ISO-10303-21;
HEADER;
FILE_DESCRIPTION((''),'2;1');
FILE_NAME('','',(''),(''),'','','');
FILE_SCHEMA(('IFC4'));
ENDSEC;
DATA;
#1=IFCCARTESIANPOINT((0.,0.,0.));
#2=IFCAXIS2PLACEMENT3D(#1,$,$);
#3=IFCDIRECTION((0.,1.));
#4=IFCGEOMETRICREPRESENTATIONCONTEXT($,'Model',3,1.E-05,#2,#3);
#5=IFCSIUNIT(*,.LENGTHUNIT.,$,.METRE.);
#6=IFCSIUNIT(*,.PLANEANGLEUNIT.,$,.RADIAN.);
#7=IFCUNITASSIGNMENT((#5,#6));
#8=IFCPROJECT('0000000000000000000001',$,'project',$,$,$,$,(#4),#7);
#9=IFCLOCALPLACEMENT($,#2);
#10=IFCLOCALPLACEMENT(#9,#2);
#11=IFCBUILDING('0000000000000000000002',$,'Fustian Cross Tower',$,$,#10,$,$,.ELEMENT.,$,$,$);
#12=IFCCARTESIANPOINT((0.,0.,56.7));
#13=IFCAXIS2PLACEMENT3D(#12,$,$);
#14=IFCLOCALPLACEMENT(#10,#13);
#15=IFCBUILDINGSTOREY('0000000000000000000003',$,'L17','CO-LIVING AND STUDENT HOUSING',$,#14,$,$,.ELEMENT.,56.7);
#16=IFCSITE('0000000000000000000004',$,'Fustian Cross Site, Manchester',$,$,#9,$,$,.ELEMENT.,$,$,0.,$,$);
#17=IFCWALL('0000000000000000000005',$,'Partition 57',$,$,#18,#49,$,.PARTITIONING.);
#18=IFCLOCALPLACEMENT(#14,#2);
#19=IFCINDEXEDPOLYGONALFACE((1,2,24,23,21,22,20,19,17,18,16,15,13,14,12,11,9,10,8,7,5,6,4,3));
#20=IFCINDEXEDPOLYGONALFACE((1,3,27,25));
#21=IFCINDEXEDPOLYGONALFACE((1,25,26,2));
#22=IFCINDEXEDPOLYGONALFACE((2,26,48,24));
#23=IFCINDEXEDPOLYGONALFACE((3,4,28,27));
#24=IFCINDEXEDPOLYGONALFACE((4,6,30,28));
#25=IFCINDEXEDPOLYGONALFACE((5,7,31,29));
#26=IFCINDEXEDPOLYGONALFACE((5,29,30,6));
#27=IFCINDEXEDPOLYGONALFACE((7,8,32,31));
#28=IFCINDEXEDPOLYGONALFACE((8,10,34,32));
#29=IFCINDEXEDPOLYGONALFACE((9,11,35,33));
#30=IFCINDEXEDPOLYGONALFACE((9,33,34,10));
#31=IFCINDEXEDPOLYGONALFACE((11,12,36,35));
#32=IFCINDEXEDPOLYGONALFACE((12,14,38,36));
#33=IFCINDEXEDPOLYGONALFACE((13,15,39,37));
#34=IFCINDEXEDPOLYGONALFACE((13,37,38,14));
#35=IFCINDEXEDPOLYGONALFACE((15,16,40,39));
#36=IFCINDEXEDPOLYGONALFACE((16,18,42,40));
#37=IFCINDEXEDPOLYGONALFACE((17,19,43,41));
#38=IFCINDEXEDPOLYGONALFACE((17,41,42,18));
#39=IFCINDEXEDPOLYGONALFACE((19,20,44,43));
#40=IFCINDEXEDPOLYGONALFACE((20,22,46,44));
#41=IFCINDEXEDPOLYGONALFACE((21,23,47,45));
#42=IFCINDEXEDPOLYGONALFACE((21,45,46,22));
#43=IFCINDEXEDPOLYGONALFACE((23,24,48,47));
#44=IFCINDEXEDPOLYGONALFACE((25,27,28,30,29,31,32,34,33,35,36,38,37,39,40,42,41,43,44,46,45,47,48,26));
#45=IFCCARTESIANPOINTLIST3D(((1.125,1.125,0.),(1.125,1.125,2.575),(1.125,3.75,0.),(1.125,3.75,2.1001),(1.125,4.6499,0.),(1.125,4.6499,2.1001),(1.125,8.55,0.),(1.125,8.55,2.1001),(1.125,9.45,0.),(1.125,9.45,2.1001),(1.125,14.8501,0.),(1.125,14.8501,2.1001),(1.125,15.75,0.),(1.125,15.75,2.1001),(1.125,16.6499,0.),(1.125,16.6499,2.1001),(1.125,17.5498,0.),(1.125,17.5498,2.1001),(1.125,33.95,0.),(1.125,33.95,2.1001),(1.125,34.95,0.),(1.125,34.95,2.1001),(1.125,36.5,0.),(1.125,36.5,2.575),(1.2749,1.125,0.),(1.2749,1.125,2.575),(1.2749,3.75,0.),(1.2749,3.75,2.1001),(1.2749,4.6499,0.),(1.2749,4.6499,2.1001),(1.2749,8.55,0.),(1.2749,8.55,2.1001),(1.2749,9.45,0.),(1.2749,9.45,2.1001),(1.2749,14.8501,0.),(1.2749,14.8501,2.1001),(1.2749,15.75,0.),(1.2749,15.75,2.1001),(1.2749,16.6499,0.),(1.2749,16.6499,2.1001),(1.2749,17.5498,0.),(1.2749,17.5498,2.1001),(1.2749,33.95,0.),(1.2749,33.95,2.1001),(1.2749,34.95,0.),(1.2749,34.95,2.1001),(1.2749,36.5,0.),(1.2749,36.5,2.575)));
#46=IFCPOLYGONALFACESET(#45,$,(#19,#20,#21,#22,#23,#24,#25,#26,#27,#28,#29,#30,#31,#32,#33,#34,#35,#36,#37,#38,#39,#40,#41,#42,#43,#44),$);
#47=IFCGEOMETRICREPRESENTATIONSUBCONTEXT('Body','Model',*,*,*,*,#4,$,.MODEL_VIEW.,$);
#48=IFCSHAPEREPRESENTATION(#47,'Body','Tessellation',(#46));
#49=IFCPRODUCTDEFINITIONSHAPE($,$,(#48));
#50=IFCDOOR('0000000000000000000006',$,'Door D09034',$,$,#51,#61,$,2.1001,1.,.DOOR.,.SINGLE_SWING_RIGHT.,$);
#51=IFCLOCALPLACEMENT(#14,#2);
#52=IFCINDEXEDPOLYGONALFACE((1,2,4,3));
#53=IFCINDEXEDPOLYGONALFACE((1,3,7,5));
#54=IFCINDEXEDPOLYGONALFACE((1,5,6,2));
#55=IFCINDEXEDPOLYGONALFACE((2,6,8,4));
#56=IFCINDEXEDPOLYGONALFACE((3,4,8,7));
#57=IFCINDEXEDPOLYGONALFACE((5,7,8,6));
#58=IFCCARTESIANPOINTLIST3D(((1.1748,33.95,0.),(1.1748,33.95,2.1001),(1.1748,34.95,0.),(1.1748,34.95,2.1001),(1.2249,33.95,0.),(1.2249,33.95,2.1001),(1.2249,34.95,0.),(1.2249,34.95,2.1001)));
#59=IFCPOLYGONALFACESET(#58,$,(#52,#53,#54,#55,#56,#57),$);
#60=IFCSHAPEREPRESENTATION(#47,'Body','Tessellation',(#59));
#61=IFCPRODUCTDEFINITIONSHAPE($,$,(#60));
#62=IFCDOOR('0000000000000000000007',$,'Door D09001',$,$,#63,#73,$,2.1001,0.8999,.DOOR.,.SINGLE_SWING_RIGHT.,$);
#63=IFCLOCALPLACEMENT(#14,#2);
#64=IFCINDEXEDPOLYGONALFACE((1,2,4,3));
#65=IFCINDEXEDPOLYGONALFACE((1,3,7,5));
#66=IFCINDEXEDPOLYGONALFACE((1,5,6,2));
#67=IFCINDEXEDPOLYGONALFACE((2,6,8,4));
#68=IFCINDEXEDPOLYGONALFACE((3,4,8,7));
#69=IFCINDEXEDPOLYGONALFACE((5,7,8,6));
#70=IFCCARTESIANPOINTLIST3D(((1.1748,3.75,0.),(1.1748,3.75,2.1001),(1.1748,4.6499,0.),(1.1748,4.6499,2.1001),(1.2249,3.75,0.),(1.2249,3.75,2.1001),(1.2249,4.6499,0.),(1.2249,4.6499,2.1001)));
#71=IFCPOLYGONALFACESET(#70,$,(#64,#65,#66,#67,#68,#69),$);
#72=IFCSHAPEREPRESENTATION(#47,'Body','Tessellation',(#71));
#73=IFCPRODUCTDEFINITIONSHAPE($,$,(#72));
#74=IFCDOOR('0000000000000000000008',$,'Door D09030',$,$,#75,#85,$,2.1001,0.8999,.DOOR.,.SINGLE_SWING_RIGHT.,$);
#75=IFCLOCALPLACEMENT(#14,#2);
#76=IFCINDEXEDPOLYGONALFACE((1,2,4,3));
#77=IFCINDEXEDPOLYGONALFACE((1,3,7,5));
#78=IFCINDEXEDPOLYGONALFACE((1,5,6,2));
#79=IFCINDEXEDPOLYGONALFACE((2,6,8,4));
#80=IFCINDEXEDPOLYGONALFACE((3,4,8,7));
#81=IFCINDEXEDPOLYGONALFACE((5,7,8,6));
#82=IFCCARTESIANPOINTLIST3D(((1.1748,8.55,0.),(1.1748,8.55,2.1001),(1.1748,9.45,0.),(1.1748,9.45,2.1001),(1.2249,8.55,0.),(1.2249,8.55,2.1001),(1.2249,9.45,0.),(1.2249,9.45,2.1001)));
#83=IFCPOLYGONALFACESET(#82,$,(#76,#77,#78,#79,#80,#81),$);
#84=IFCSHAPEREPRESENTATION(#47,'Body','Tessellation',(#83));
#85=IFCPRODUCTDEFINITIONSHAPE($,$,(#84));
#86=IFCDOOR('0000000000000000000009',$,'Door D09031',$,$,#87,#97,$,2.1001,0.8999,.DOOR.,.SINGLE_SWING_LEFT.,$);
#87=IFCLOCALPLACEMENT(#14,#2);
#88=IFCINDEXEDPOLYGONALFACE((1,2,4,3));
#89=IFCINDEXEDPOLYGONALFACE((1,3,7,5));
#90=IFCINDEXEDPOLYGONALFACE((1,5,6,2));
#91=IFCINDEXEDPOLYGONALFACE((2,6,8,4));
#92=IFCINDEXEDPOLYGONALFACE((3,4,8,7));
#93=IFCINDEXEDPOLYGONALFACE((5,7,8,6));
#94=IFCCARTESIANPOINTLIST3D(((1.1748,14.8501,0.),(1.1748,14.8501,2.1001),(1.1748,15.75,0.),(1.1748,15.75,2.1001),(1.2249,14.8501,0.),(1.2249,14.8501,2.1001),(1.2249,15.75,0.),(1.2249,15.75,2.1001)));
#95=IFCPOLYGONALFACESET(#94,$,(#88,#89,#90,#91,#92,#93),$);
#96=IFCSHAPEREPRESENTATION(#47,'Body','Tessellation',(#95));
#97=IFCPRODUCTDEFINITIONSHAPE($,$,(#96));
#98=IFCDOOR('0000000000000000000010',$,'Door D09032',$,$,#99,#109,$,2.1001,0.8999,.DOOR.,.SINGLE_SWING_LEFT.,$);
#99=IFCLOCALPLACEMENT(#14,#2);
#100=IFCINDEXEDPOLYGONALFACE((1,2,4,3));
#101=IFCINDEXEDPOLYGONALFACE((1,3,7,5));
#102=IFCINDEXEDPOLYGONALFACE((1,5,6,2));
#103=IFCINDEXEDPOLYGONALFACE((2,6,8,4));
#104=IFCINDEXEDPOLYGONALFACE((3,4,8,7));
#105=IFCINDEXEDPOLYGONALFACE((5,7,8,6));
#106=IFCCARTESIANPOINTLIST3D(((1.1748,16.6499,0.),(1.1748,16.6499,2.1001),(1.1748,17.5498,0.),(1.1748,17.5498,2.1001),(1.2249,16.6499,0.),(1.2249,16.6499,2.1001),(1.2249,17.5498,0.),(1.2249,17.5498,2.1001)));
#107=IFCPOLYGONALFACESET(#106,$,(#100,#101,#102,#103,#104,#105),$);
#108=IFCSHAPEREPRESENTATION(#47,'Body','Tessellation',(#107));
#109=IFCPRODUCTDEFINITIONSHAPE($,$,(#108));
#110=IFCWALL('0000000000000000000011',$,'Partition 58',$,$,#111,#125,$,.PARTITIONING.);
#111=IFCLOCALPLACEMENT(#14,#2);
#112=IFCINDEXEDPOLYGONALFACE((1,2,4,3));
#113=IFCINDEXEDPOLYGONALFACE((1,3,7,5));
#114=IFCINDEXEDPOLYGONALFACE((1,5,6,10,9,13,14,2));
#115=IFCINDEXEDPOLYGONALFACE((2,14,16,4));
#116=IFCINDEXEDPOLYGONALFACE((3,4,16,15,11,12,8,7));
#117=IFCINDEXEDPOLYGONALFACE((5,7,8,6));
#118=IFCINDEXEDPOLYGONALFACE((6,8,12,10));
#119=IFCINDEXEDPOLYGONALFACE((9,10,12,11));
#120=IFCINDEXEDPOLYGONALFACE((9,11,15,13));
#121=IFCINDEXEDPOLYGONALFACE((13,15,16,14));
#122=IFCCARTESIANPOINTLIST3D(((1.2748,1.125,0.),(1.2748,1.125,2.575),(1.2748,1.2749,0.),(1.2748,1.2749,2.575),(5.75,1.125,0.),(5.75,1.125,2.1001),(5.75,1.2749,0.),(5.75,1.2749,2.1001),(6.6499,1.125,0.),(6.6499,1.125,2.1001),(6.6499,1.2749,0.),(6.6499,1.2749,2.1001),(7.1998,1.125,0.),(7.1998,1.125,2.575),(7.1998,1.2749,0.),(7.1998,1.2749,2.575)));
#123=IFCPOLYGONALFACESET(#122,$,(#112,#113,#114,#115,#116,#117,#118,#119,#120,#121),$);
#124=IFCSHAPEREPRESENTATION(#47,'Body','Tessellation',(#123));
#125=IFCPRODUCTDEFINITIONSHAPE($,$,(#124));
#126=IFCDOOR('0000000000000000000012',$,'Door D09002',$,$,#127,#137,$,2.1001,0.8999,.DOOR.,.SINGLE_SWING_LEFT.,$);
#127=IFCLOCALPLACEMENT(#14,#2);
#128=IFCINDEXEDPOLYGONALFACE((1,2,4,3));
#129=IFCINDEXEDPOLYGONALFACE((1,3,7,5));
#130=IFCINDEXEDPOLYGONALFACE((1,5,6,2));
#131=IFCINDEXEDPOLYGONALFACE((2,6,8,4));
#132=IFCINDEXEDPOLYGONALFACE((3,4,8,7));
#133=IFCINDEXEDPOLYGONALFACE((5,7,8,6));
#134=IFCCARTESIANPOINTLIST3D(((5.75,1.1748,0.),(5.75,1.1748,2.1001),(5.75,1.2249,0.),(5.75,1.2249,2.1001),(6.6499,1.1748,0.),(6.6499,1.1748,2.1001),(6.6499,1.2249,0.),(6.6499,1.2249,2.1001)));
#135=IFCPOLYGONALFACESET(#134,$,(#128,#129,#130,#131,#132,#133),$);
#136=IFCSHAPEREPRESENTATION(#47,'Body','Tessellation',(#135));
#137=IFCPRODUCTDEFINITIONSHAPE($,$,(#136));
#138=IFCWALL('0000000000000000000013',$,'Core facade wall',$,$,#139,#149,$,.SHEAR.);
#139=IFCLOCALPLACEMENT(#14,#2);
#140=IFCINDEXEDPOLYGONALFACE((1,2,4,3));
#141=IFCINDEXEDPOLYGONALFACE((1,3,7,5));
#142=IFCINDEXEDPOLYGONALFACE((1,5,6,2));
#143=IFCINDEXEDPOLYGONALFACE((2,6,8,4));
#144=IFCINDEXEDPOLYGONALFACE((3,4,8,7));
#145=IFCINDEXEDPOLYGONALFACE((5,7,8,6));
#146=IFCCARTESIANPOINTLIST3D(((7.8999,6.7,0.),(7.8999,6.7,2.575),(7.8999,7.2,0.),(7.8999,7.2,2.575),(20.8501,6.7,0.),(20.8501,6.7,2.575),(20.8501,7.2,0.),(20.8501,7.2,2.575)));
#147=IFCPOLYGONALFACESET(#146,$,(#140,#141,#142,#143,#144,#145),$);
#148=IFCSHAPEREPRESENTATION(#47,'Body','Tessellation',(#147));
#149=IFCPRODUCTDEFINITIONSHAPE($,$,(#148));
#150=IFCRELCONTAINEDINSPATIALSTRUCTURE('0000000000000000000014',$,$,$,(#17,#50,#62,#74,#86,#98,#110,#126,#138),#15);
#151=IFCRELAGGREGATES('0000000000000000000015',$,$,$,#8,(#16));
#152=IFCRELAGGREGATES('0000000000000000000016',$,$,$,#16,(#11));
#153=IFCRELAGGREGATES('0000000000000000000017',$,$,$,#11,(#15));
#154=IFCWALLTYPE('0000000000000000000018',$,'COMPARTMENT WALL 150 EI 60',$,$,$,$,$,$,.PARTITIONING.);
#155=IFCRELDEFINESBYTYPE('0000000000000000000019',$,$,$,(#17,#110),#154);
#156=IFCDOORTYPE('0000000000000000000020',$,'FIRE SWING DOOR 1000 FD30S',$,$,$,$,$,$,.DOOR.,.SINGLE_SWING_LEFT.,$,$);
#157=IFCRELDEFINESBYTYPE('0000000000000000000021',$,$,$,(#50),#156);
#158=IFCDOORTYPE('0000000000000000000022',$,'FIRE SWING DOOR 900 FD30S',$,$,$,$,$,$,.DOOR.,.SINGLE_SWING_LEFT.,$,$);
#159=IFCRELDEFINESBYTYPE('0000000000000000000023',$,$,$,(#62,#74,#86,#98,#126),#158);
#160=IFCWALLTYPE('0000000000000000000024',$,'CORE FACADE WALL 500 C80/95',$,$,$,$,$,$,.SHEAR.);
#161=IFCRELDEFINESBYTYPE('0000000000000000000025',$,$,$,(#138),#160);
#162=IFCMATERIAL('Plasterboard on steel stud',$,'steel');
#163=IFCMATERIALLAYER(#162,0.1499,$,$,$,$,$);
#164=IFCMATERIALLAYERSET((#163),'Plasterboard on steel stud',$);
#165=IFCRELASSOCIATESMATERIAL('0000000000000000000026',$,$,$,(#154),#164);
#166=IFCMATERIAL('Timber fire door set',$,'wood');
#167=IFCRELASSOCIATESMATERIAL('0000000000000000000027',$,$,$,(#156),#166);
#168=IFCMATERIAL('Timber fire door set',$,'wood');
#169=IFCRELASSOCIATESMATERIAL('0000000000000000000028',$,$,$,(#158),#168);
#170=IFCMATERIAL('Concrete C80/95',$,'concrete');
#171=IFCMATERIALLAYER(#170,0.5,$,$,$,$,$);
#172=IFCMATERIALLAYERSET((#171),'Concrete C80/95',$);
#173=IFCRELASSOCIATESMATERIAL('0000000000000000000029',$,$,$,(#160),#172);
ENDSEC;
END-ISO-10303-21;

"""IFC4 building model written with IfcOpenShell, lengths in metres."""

from ifc_helpers import new_model, si_unit, direction, frame, frame_2d, origin, place, context, subcontext, project, spatial, rectangle, extrude, material, layer, layer_set, type_object, element, fill, save


model = new_model("IFC4")

# Units and contexts
model_context = context("Model", 3, precision=1e-05, world=origin(), true_north=direction((0.0, 1.0)))
body_context = subcontext(model_context, "Body", "Model", "MODEL_VIEW")
ifc_project = project(units=[si_unit("LENGTHUNIT", "METRE"), si_unit("PLANEANGLEUNIT", "RADIAN")], contexts=[model_context])

# Site, building, storey
site_placement = place(None, origin())
site = spatial("IfcSite", under=ifc_project, at=site_placement, Name="Fustian Cross Site, Manchester", CompositionType="ELEMENT", RefElevation=0.0)
building_placement = place(site_placement, origin())
building = spatial("IfcBuilding", under=site, at=building_placement, Name="Fustian Cross Tower", CompositionType="ELEMENT")
storey_placement = place(building_placement, frame((0.0, 0.0, 56.7)))
storey = spatial("IfcBuildingStorey", under=building, at=storey_placement, Name="L17", Description="CO-LIVING AND STUDENT HOUSING", CompositionType="ELEMENT", Elevation=56.7)

# Wall, openings, doors
ifc_material_1 = material(Name="Plasterboard on steel stud", Category="steel")
ifc_layer_1 = layer(ifc_material_1, 0.1499)
ifc_layer_set_1 = layer_set([ifc_layer_1], Name="Plasterboard on steel stud")
wall_type_1 = type_object("IfcWallType", Name="COMPARTMENT WALL 150 EI 60", PredefinedType="PARTITIONING", material=ifc_layer_set_1)
wall_1_placement = place(storey_placement, frame((1.2, 1.125, 0.0), z_axis=(0.0, 0.0, 1.0), x_axis=(0.0, 1.0, 0.0)))
wall_1 = element("IfcWall", 1, at=wall_1_placement, inside=storey, type_object=wall_type_1, Name="Partition 57", PredefinedType="PARTITIONING", context=body_context, shape_type="SweptSolid", body=[
    extrude(rectangle(XDim=35.375, YDim=0.1499, at=frame_2d((17.6875, 0.0))), origin(), (0.0, 0.0, 1.0), 2.575),
])
opening_1_placement = place(wall_1_placement, frame((2.625, 0.0, 0.0)))
opening_1 = element("IfcOpeningElement", 2, at=opening_1_placement, cuts=wall_1, PredefinedType="OPENING", context=body_context, shape_type="SweptSolid", body=[
    extrude(rectangle(XDim=0.8999, YDim=2.1001, at=frame_2d((0.45, 1.05))), frame((0.0, 0.085, 0.0), z_axis=(0.0, -1.0, 0.0), x_axis=(1.0, 0.0, 0.0)), (0.0, 0.0, 1.0), 0.1699),
])
opening_2_placement = place(wall_1_placement, frame((7.425, 0.0, 0.0)))
opening_2 = element("IfcOpeningElement", 3, at=opening_2_placement, cuts=wall_1, PredefinedType="OPENING", context=body_context, shape_type="SweptSolid", body=[
    extrude(rectangle(XDim=0.8999, YDim=2.1001, at=frame_2d((0.45, 1.05))), frame((0.0, 0.085, 0.0), z_axis=(0.0, -1.0, 0.0), x_axis=(1.0, 0.0, 0.0)), (0.0, 0.0, 1.0), 0.1699),
])
opening_3_placement = place(wall_1_placement, frame((13.7251, 0.0, 0.0)))
opening_3 = element("IfcOpeningElement", 4, at=opening_3_placement, cuts=wall_1, PredefinedType="OPENING", context=body_context, shape_type="SweptSolid", body=[
    extrude(rectangle(XDim=0.8999, YDim=2.1001, at=frame_2d((0.45, 1.05))), frame((0.0, 0.085, 0.0), z_axis=(0.0, -1.0, 0.0), x_axis=(1.0, 0.0, 0.0)), (0.0, 0.0, 1.0), 0.1699),
])
opening_4_placement = place(wall_1_placement, frame((15.5249, 0.0, 0.0)))
opening_4 = element("IfcOpeningElement", 5, at=opening_4_placement, cuts=wall_1, PredefinedType="OPENING", context=body_context, shape_type="SweptSolid", body=[
    extrude(rectangle(XDim=0.8999, YDim=2.1001, at=frame_2d((0.45, 1.05))), frame((0.0, 0.085, 0.0), z_axis=(0.0, -1.0, 0.0), x_axis=(1.0, 0.0, 0.0)), (0.0, 0.0, 1.0), 0.1699),
])
opening_5_placement = place(wall_1_placement, frame((32.825, 0.0, 0.0)))
opening_5 = element("IfcOpeningElement", 6, at=opening_5_placement, cuts=wall_1, PredefinedType="OPENING", context=body_context, shape_type="SweptSolid", body=[
    extrude(rectangle(XDim=1.0, YDim=2.1001, at=frame_2d((0.5, 1.05))), frame((0.0, 0.085, 0.0), z_axis=(0.0, -1.0, 0.0), x_axis=(1.0, 0.0, 0.0)), (0.0, 0.0, 1.0), 0.1699),
])
ifc_material_2 = material(Name="Timber fire door set", Category="wood")
door_type_1 = type_object("IfcDoorType", Name="FIRE SWING DOOR 1000 FD30S", OperationType="SINGLE_SWING_LEFT", PredefinedType="DOOR", material=ifc_material_2)
door_1_placement = place(opening_5_placement, frame((1.0, 0.0, 0.0), z_axis=(0.0, 0.0, 1.0), x_axis=(-1.0, 0.0, 0.0)))
door_1 = element("IfcDoor", 7, at=door_1_placement, inside=storey, type_object=door_type_1, Name="Door D09034", OperationType="SINGLE_SWING_RIGHT", OverallHeight=2.1001, OverallWidth=1.0, PredefinedType="DOOR", context=body_context, shape_type="SweptSolid", body=[
    extrude(rectangle(XDim=1.0, YDim=2.1001, at=frame_2d((0.5, 1.05))), frame((0.0, 0.0249, 0.0), z_axis=(0.0, -1.0, 0.0), x_axis=(1.0, 0.0, 0.0)), (0.0, 0.0, 1.0), 0.05),
])
fill(opening_5, door_1)
ifc_material_3 = material(Name="Timber fire door set", Category="wood")
door_type_2 = type_object("IfcDoorType", Name="FIRE SWING DOOR 900 FD30S", OperationType="SINGLE_SWING_LEFT", PredefinedType="DOOR", material=ifc_material_3)
door_2_placement = place(opening_1_placement, frame((0.8999, 0.0, 0.0), z_axis=(0.0, 0.0, 1.0), x_axis=(-1.0, 0.0, 0.0)))
door_2 = element("IfcDoor", 8, at=door_2_placement, inside=storey, type_object=door_type_2, Name="Door D09001", OperationType="SINGLE_SWING_RIGHT", OverallHeight=2.1001, OverallWidth=0.8999, PredefinedType="DOOR", context=body_context, shape_type="SweptSolid", body=[
    extrude(rectangle(XDim=0.8999, YDim=2.1001, at=frame_2d((0.45, 1.05))), frame((0.0, 0.0249, 0.0), z_axis=(0.0, -1.0, 0.0), x_axis=(1.0, 0.0, 0.0)), (0.0, 0.0, 1.0), 0.05),
])
fill(opening_1, door_2)
door_3_placement = place(opening_2_placement, frame((0.8999, 0.0, 0.0), z_axis=(0.0, 0.0, 1.0), x_axis=(-1.0, 0.0, 0.0)))
door_3 = element("IfcDoor", 9, at=door_3_placement, inside=storey, type_object=door_type_2, Name="Door D09030", OperationType="SINGLE_SWING_RIGHT", OverallHeight=2.1001, OverallWidth=0.8999, PredefinedType="DOOR", context=body_context, shape_type="SweptSolid", body=[
    extrude(rectangle(XDim=0.8999, YDim=2.1001, at=frame_2d((0.45, 1.05))), frame((0.0, 0.0249, 0.0), z_axis=(0.0, -1.0, 0.0), x_axis=(1.0, 0.0, 0.0)), (0.0, 0.0, 1.0), 0.05),
])
fill(opening_2, door_3)
door_4_placement = place(opening_3_placement, frame((0.8999, 0.0, 0.0), z_axis=(0.0, 0.0, 1.0), x_axis=(-1.0, 0.0, 0.0)))
door_4 = element("IfcDoor", 10, at=door_4_placement, inside=storey, type_object=door_type_2, Name="Door D09031", OperationType="SINGLE_SWING_LEFT", OverallHeight=2.1001, OverallWidth=0.8999, PredefinedType="DOOR", context=body_context, shape_type="SweptSolid", body=[
    extrude(rectangle(XDim=0.8999, YDim=2.1001, at=frame_2d((0.45, 1.05))), frame((0.0, 0.0249, 0.0), z_axis=(0.0, -1.0, 0.0), x_axis=(1.0, 0.0, 0.0)), (0.0, 0.0, 1.0), 0.05),
])
fill(opening_3, door_4)
door_5_placement = place(opening_4_placement, frame((0.8999, 0.0, 0.0), z_axis=(0.0, 0.0, 1.0), x_axis=(-1.0, 0.0, 0.0)))
door_5 = element("IfcDoor", 11, at=door_5_placement, inside=storey, type_object=door_type_2, Name="Door D09032", OperationType="SINGLE_SWING_LEFT", OverallHeight=2.1001, OverallWidth=0.8999, PredefinedType="DOOR", context=body_context, shape_type="SweptSolid", body=[
    extrude(rectangle(XDim=0.8999, YDim=2.1001, at=frame_2d((0.45, 1.05))), frame((0.0, 0.0249, 0.0), z_axis=(0.0, -1.0, 0.0), x_axis=(1.0, 0.0, 0.0)), (0.0, 0.0, 1.0), 0.05),
])
fill(opening_4, door_5)

# Wall, opening, door
wall_2_placement = place(storey_placement, frame((1.2749, 1.2, 0.0), z_axis=(0.0, 0.0, 1.0), x_axis=(1.0, 0.0, 0.0)))
wall_2 = element("IfcWall", 12, at=wall_2_placement, inside=storey, type_object=wall_type_1, Name="Partition 58", PredefinedType="PARTITIONING", context=body_context, shape_type="SweptSolid", body=[
    extrude(rectangle(XDim=5.925, YDim=0.1499, at=frame_2d((2.9624, 0.0))), origin(), (0.0, 0.0, 1.0), 2.575),
])
opening_6_placement = place(wall_2_placement, frame((4.4751, 0.0, 0.0)))
opening_6 = element("IfcOpeningElement", 13, at=opening_6_placement, cuts=wall_2, PredefinedType="OPENING", context=body_context, shape_type="SweptSolid", body=[
    extrude(rectangle(XDim=0.8999, YDim=2.1001, at=frame_2d((0.45, 1.05))), frame((0.0, 0.085, 0.0), z_axis=(0.0, -1.0, 0.0), x_axis=(1.0, 0.0, 0.0)), (0.0, 0.0, 1.0), 0.1699),
])
door_6_placement = place(opening_6_placement, origin())
door_6 = element("IfcDoor", 14, at=door_6_placement, inside=storey, type_object=door_type_2, Name="Door D09002", OperationType="SINGLE_SWING_LEFT", OverallHeight=2.1001, OverallWidth=0.8999, PredefinedType="DOOR", context=body_context, shape_type="SweptSolid", body=[
    extrude(rectangle(XDim=0.8999, YDim=2.1001, at=frame_2d((0.45, 1.05))), frame((0.0, 0.0249, 0.0), z_axis=(0.0, -1.0, 0.0), x_axis=(1.0, 0.0, 0.0)), (0.0, 0.0, 1.0), 0.05),
])
fill(opening_6, door_6)

# Wall
ifc_material_4 = material(Name="Concrete C80/95", Category="concrete")
ifc_layer_2 = layer(ifc_material_4, 0.5)
ifc_layer_set_2 = layer_set([ifc_layer_2], Name="Concrete C80/95")
wall_type_2 = type_object("IfcWallType", Name="CORE FACADE WALL 500 C80/95", PredefinedType="SHEAR", material=ifc_layer_set_2)
wall_3_placement = place(storey_placement, frame((7.8999, 6.95, 0.0), z_axis=(0.0, 0.0, 1.0), x_axis=(1.0, 0.0, 0.0)))
element("IfcWall", 15, at=wall_3_placement, inside=storey, type_object=wall_type_2, Name="Core facade wall", PredefinedType="SHEAR", context=body_context, shape_type="SweptSolid", body=[
    extrude(rectangle(XDim=12.9502, YDim=0.5, at=frame_2d((6.4751, 0.0))), origin(), (0.0, 0.0, 1.0), 2.575),
])

save(model, "model.ifc")
